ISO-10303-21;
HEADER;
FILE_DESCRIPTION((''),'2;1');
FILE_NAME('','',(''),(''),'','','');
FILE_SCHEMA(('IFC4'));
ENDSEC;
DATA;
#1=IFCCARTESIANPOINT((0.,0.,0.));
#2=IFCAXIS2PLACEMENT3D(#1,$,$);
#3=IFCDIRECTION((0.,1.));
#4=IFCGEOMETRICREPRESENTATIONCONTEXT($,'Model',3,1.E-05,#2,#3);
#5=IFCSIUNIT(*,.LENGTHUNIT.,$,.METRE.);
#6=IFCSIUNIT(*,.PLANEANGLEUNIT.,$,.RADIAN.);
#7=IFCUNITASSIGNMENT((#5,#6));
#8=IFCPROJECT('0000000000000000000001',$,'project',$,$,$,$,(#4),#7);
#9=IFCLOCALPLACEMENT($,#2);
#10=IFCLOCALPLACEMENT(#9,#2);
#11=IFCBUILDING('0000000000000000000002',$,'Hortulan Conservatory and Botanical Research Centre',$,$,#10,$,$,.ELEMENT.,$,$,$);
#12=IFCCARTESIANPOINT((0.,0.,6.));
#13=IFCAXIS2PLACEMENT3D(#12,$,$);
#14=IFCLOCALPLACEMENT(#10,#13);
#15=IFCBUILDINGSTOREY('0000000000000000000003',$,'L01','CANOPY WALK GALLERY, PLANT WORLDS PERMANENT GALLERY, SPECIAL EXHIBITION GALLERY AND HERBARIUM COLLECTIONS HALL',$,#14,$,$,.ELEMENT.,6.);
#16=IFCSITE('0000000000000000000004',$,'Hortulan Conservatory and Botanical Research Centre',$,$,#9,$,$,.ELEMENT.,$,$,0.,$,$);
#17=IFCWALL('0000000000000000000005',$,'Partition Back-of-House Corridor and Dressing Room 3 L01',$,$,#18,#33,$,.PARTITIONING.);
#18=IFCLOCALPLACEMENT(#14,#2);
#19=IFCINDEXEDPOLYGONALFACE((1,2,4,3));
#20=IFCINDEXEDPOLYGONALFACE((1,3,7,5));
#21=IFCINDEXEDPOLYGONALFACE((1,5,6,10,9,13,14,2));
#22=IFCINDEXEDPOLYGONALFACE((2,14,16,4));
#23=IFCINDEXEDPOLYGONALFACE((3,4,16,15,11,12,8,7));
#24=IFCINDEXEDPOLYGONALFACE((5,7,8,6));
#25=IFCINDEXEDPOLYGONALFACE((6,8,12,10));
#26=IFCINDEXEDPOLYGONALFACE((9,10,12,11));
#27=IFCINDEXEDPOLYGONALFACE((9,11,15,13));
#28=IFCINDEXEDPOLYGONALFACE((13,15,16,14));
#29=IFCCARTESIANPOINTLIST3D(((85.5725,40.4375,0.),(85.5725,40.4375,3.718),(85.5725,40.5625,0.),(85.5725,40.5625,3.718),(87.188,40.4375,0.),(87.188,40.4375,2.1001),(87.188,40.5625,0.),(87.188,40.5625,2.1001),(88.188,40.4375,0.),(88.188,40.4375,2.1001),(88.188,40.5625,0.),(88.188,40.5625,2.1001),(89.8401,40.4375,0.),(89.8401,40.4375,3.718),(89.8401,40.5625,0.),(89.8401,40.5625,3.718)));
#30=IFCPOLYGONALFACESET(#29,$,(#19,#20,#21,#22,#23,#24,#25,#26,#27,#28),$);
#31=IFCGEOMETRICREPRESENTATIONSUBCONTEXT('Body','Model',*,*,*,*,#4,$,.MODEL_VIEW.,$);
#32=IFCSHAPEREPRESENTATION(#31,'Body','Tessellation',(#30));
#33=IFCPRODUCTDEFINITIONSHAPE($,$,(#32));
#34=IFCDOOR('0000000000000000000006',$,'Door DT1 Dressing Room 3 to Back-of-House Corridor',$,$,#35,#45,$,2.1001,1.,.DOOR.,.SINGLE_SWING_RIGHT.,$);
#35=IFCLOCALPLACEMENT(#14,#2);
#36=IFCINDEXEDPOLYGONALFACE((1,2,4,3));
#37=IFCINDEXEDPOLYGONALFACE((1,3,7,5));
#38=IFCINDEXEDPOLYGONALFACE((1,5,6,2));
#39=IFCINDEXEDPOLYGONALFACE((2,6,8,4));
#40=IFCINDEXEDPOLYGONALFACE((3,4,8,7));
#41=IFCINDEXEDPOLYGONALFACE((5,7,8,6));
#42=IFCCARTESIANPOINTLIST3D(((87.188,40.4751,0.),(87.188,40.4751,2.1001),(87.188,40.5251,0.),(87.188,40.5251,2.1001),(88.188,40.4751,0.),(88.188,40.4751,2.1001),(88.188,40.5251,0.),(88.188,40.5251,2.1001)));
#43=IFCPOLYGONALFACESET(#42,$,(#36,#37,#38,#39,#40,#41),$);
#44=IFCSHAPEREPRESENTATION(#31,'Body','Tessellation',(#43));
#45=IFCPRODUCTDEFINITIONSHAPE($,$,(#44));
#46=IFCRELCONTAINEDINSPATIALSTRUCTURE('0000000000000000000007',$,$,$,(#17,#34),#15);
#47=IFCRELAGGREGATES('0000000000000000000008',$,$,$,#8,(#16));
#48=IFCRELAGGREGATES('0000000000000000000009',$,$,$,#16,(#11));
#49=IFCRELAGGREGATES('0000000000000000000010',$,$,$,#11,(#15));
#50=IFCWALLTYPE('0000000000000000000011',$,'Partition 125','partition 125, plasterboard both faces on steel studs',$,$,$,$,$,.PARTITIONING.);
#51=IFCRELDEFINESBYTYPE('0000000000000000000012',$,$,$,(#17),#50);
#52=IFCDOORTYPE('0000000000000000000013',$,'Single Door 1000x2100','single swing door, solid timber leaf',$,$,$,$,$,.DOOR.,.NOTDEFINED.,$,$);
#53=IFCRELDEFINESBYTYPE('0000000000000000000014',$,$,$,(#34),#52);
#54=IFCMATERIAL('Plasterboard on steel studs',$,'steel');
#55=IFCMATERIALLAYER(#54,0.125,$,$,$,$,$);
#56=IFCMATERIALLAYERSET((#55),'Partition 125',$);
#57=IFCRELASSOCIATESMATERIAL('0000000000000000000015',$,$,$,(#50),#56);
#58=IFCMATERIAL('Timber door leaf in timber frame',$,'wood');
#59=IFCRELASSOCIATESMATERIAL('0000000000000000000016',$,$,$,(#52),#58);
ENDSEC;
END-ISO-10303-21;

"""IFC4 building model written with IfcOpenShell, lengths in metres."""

from ifc_helpers import new_model, si_unit, direction, frame, frame_2d, origin, place, context, subcontext, project, spatial, rectangle, extrude, material, layer, layer_set, type_object, element, fill, save


model = new_model("IFC4")

# Units and contexts
model_context = context("Model", 3, precision=1e-05, world=origin(), true_north=direction((0.0, 1.0)))
body_context = subcontext(model_context, "Body", "Model", "MODEL_VIEW")
ifc_project = project(units=[si_unit("LENGTHUNIT", "METRE"), si_unit("PLANEANGLEUNIT", "RADIAN")], contexts=[model_context])

# Site, building, storey
site_placement = place(None, origin())
site = spatial("IfcSite", under=ifc_project, at=site_placement, Name="Hortulan Conservatory and Botanical Research Centre", CompositionType="ELEMENT", RefElevation=0.0)
building_placement = place(site_placement, origin())
building = spatial("IfcBuilding", under=site, at=building_placement, Name="Hortulan Conservatory and Botanical Research Centre", CompositionType="ELEMENT")
storey_placement = place(building_placement, frame((0.0, 0.0, 6.0)))
storey = spatial("IfcBuildingStorey", under=building, at=storey_placement, Name="L01", Description="CANOPY WALK GALLERY, PLANT WORLDS PERMANENT GALLERY, SPECIAL EXHIBITION GALLERY AND HERBARIUM COLLECTIONS HALL", CompositionType="ELEMENT", Elevation=6.0)

# Wall, opening, door
ifc_material_1 = material(Name="Plasterboard on steel studs", Category="steel")
ifc_layer_1 = layer(ifc_material_1, 0.125)
ifc_layer_set_1 = layer_set([ifc_layer_1], Name="Partition 125")
wall_type_1 = type_object("IfcWallType", Name="Partition 125", Description="partition 125, plasterboard both faces on steel studs", PredefinedType="PARTITIONING", material=ifc_layer_set_1)
ifc_material_2 = material(Name="Timber door leaf in timber frame", Category="wood")
door_type_1 = type_object("IfcDoorType", Name="Single Door 1000x2100", Description="single swing door, solid timber leaf", OperationType="NOTDEFINED", PredefinedType="DOOR", material=ifc_material_2)
wall_1_placement = place(storey_placement, frame((85.5725, 40.5, 0.0), z_axis=(0.0, 0.0, 1.0), x_axis=(1.0, 0.0, 0.0)))
wall_1 = element("IfcWall", 1, at=wall_1_placement, inside=storey, type_object=wall_type_1, Name="Partition Back-of-House Corridor and Dressing Room 3 L01", PredefinedType="PARTITIONING", context=body_context, shape_type="SweptSolid", body=[
    extrude(rectangle(XDim=4.2676, YDim=0.125, at=frame_2d((2.1338, 0.0))), origin(), (0.0, 0.0, 1.0), 3.718),
])
opening_1_placement = place(wall_1_placement, frame((1.6155, 0.0, 0.0)))
opening_1 = element("IfcOpeningElement", 2, at=opening_1_placement, cuts=wall_1, PredefinedType="OPENING", context=body_context, shape_type="SweptSolid", body=[
    extrude(rectangle(XDim=1.0, YDim=2.1001, at=frame_2d((0.5, 1.05))), frame((0.0, 0.0725, 0.0), z_axis=(0.0, -1.0, 0.0), x_axis=(1.0, 0.0, 0.0)), (0.0, 0.0, 1.0), 0.145),
])
door_1_placement = place(opening_1_placement, frame((1.0, 0.0, 0.0), z_axis=(0.0, 0.0, 1.0), x_axis=(-1.0, 0.0, 0.0)))
door_1 = element("IfcDoor", 3, at=door_1_placement, inside=storey, type_object=door_type_1, Name="Door DT1 Dressing Room 3 to Back-of-House Corridor", OperationType="SINGLE_SWING_RIGHT", OverallHeight=2.1001, OverallWidth=1.0, PredefinedType="DOOR", context=body_context, shape_type="SweptSolid", body=[
    extrude(rectangle(XDim=1.0, YDim=2.1001, at=frame_2d((0.5, 1.05))), frame((0.0, 0.0249, 0.0), z_axis=(0.0, -1.0, 0.0), x_axis=(1.0, 0.0, 0.0)), (0.0, 0.0, 1.0), 0.05),
])
fill(opening_1, door_1)

save(model, "model.ifc")
